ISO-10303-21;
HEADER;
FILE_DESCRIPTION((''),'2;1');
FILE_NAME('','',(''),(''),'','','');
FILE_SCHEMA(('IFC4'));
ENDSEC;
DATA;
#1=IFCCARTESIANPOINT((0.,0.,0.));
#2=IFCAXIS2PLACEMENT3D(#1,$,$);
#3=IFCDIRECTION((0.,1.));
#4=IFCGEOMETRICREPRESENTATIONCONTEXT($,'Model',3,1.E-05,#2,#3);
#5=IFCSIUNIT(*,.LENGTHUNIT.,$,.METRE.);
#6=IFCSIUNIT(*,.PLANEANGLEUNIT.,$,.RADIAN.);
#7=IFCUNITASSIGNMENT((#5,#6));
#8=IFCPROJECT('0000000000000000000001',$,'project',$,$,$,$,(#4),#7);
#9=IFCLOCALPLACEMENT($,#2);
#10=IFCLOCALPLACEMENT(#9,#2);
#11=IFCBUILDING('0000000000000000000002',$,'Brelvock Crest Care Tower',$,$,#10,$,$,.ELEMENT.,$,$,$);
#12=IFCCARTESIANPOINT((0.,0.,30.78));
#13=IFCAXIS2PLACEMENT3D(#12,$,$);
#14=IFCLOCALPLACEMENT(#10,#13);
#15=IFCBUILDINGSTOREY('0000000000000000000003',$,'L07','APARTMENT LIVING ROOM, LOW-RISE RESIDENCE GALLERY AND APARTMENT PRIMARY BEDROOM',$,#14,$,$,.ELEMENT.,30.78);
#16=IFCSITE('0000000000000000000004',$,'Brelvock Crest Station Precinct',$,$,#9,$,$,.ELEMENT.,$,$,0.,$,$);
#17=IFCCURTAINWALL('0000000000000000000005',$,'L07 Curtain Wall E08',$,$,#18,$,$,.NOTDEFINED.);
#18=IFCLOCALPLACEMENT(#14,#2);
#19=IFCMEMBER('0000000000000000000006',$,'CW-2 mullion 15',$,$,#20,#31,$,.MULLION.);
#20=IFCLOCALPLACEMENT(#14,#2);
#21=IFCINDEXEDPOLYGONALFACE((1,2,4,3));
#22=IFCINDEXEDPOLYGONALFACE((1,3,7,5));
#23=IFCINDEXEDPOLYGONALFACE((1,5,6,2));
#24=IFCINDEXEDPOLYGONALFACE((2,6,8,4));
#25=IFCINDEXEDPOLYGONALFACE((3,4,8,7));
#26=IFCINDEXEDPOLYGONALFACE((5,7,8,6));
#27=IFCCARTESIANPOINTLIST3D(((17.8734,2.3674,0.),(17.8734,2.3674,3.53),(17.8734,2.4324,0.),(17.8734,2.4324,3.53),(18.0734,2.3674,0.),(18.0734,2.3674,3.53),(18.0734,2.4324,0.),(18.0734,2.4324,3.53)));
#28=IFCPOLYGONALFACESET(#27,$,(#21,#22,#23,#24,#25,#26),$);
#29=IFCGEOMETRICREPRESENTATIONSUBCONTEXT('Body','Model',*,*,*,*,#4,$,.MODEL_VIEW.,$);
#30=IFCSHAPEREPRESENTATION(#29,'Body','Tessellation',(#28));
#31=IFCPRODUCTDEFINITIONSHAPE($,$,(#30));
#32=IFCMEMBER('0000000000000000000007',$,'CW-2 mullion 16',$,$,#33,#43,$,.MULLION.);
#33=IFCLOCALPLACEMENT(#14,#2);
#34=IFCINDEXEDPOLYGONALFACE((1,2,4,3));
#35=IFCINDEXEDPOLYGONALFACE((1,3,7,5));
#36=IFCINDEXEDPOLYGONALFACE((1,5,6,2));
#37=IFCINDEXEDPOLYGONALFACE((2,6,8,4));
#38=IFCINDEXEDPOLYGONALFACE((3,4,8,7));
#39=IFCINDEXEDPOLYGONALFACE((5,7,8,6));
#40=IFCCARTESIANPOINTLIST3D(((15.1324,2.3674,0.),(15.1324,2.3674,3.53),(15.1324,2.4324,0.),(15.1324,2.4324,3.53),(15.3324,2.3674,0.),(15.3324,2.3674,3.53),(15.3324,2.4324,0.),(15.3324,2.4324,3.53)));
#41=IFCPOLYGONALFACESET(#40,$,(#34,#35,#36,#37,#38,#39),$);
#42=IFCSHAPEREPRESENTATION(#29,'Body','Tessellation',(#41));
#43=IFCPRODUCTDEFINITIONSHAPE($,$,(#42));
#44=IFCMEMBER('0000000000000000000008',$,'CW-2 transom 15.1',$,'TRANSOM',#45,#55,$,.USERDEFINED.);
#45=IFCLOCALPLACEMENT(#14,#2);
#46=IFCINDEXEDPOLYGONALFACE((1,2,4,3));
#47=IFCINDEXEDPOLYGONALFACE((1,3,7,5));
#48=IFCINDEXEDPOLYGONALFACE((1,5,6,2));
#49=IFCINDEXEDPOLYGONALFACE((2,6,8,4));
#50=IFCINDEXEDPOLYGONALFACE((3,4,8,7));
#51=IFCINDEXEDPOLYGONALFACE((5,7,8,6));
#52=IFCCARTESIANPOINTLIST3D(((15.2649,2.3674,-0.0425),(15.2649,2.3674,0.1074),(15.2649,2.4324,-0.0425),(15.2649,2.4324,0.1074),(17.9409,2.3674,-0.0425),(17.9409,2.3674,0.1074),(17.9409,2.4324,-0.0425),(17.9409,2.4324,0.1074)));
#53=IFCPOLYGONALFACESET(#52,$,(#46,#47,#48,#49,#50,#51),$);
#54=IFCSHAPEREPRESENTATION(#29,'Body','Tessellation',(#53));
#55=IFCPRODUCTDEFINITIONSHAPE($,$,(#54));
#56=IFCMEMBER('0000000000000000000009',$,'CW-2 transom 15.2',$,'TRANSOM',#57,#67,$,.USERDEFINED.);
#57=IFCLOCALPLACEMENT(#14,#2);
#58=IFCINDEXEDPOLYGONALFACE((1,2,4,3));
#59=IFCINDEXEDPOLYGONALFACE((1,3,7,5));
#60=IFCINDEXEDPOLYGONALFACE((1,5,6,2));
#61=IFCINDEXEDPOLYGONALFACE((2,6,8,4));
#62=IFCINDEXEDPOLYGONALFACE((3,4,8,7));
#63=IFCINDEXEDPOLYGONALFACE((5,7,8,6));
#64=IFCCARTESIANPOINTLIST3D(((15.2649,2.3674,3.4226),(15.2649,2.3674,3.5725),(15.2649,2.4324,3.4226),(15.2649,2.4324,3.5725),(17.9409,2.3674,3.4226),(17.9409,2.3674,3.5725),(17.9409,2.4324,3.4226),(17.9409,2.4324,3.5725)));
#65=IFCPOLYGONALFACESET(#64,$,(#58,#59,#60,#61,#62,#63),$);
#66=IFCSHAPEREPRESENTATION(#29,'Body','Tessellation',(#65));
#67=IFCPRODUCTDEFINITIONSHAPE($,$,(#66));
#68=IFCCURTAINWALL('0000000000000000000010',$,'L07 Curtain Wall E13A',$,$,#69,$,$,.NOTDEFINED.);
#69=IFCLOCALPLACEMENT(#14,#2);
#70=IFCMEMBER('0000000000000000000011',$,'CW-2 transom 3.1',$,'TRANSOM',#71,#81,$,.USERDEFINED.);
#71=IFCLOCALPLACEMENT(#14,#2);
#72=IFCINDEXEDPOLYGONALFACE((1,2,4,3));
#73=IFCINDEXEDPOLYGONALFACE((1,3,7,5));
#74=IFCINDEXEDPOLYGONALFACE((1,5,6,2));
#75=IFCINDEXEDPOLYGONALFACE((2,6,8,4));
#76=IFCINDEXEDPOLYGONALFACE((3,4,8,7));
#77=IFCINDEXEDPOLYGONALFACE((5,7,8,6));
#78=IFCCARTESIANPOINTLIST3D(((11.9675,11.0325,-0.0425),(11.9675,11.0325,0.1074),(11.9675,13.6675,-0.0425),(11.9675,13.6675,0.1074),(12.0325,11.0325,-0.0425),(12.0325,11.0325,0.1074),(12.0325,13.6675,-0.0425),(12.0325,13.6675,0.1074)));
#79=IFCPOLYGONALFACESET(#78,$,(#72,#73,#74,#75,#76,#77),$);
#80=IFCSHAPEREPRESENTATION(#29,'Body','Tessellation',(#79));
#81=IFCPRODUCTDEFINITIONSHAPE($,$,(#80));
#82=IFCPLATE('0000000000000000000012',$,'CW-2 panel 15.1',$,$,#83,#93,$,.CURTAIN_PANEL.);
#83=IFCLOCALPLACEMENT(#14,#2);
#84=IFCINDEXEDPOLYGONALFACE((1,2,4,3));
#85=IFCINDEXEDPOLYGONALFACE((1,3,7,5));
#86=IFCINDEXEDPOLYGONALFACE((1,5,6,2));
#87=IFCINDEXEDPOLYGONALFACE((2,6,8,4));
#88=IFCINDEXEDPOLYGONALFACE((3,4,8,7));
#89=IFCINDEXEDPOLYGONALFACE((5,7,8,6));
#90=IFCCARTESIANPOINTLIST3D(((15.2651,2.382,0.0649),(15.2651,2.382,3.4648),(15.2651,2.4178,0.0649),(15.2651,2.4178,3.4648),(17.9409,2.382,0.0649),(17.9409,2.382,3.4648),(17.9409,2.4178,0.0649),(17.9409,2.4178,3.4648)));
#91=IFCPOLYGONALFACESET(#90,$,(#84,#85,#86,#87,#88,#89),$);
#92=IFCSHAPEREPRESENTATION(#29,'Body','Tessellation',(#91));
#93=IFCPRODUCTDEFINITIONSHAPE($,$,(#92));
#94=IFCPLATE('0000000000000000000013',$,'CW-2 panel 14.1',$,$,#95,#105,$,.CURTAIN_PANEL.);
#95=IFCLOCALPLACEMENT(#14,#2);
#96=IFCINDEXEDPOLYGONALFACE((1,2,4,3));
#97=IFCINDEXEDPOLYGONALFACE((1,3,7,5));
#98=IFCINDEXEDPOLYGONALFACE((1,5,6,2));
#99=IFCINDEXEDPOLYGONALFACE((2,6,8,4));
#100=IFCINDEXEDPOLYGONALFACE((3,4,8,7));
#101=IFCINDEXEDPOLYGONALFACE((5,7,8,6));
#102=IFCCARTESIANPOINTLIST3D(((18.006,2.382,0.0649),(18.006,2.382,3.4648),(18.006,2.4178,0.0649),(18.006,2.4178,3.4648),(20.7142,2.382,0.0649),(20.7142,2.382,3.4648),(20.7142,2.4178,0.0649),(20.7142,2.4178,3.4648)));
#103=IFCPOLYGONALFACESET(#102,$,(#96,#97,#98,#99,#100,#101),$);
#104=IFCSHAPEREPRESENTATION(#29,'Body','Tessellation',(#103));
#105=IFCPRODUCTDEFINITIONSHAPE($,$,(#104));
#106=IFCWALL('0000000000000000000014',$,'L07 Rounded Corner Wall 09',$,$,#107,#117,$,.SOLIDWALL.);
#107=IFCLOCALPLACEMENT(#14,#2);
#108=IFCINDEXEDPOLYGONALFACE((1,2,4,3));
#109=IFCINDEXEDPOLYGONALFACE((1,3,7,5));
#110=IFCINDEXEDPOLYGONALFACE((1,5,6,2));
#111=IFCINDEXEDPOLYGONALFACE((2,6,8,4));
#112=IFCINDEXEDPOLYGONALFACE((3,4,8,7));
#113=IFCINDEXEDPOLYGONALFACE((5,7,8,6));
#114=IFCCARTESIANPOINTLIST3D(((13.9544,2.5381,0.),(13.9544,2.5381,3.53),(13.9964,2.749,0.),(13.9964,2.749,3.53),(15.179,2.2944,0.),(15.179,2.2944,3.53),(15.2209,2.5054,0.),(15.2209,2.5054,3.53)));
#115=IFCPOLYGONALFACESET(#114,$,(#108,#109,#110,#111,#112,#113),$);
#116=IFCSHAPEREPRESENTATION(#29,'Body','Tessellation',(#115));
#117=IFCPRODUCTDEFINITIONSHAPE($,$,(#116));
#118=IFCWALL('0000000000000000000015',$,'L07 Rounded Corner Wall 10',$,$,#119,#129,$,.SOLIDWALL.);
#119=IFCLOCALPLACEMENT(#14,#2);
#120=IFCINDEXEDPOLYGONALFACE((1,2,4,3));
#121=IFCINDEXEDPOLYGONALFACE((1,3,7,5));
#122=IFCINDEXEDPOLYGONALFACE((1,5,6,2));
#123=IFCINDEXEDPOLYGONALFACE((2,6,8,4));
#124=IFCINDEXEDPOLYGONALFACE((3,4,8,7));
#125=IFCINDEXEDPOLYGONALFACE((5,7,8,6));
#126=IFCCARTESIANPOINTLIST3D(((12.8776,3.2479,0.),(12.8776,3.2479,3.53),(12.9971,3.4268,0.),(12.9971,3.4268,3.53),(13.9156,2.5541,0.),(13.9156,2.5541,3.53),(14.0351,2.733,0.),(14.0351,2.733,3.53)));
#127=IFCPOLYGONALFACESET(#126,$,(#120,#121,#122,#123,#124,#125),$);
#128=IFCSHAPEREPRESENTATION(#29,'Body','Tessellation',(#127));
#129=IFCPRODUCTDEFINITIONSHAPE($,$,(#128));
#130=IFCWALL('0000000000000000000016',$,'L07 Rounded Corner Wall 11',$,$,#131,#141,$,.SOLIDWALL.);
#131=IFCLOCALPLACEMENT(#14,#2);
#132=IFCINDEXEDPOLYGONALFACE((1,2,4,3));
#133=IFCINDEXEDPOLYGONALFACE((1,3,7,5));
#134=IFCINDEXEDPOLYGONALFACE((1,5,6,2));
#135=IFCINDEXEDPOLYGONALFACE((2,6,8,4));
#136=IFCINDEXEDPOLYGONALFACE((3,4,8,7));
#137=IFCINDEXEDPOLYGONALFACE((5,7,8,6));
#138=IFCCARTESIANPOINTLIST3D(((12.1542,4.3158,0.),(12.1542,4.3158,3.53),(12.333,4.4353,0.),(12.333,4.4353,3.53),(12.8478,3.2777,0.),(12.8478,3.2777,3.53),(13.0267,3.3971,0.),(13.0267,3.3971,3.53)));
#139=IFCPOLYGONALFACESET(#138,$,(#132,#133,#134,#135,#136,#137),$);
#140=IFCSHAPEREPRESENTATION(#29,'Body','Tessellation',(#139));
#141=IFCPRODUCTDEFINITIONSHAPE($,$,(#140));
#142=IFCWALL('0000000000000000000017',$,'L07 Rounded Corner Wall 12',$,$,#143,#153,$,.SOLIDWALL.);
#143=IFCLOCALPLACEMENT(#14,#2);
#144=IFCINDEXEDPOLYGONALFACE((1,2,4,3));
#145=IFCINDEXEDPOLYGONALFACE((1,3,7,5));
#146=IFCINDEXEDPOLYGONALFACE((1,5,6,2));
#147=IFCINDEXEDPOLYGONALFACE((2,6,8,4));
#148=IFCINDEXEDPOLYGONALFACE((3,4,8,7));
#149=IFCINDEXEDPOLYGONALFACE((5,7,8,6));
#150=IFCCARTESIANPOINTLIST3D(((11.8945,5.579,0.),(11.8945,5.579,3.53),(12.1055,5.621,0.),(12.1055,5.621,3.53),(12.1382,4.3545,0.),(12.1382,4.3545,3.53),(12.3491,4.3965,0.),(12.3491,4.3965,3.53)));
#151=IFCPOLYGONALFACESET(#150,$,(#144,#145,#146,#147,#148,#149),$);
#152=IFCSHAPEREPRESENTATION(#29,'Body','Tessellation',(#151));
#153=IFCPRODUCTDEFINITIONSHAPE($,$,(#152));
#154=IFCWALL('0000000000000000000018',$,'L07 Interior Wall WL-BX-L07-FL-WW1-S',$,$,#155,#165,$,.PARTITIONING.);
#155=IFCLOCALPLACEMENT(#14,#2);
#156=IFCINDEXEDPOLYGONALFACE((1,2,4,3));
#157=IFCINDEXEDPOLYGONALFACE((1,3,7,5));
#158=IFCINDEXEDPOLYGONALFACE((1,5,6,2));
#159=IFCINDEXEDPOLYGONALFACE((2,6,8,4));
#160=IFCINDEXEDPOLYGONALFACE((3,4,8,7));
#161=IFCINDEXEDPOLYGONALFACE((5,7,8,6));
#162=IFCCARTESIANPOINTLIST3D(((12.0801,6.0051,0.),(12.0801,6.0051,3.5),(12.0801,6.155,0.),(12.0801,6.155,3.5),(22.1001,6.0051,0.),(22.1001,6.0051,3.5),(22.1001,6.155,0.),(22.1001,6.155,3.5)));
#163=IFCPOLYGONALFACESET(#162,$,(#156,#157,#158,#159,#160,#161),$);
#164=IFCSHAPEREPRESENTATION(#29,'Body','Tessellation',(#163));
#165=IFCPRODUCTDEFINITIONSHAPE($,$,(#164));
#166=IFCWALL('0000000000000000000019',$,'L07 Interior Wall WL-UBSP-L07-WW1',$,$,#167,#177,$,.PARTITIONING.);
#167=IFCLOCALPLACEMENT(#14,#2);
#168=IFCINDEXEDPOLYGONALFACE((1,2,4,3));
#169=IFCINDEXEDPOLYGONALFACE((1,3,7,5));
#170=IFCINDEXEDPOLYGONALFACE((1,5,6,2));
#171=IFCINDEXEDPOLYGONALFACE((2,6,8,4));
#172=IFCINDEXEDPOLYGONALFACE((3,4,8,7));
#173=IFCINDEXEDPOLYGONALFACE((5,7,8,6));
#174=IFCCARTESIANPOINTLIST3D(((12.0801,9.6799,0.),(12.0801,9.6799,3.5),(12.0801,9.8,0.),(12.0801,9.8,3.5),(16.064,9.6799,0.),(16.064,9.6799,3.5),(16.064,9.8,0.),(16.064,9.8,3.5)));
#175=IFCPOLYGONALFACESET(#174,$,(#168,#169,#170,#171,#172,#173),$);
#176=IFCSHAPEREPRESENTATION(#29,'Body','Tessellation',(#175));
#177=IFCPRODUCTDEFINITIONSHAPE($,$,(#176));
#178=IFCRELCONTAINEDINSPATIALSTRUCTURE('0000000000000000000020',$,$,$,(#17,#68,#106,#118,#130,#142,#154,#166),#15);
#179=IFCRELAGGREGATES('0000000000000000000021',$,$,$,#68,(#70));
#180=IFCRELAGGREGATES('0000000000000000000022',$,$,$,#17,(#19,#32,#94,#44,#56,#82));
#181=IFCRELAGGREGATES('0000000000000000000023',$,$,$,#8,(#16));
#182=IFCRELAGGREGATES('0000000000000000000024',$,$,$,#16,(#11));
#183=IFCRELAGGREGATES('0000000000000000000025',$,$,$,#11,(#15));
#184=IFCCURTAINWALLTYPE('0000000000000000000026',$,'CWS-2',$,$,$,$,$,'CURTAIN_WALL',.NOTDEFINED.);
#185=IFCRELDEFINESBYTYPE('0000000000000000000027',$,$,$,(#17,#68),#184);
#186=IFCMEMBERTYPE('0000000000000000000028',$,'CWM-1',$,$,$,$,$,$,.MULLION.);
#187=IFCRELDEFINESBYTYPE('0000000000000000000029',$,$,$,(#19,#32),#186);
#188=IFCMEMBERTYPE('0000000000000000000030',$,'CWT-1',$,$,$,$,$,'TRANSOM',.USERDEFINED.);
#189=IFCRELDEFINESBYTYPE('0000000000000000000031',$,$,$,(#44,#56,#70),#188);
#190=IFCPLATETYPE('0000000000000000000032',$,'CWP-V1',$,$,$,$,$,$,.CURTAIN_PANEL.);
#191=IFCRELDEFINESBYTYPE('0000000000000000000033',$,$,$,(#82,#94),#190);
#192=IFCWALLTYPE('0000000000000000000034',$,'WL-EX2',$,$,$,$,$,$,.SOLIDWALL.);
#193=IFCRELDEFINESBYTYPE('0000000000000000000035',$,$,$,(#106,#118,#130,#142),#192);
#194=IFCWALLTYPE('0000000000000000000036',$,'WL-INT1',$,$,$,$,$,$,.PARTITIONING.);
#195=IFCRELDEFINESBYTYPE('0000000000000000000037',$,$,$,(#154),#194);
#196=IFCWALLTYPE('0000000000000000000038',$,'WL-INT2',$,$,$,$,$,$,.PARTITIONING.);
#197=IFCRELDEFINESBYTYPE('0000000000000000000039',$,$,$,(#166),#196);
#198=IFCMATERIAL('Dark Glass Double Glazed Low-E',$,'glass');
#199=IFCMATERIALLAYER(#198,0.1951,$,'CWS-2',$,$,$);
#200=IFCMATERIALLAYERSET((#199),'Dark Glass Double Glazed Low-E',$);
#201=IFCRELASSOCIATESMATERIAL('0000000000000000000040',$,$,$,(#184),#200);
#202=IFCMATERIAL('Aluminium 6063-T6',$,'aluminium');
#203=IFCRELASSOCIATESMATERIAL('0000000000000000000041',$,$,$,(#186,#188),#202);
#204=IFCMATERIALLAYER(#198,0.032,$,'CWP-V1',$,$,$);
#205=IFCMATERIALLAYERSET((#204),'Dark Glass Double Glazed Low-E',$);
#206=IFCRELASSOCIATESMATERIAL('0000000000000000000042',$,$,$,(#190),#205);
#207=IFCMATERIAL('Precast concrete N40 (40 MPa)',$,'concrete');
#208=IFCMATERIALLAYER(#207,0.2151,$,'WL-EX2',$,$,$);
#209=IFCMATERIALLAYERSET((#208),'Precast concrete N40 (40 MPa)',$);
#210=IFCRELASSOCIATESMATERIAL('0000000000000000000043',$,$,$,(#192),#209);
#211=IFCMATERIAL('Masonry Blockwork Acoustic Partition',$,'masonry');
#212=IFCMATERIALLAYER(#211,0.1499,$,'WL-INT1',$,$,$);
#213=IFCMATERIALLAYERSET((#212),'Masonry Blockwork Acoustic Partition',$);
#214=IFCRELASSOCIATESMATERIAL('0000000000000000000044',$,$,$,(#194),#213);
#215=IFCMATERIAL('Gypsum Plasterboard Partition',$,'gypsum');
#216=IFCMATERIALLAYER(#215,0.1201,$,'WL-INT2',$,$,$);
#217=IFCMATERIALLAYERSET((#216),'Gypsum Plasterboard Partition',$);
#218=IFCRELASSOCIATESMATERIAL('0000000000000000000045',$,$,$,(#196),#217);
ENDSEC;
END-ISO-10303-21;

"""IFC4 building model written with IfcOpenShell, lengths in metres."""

from ifc_helpers import new_model, si_unit, direction, frame, frame_2d, origin, origin_2d, place, context, subcontext, project, spatial, rectangle, extrude, source, transform, mapped, material, layer, layer_set, material_profile, profile_set, type_object, element, aggregate, save


model = new_model("IFC4")

# Units and contexts
model_context = context("Model", 3, precision=1e-05, world=origin(), true_north=direction((0.0, 1.0)))
body_context = subcontext(model_context, "Body", "Model", "MODEL_VIEW")
ifc_project = project(units=[si_unit("LENGTHUNIT", "METRE"), si_unit("PLANEANGLEUNIT", "RADIAN")], contexts=[model_context])

# Site, building, storey
site_placement = place(None, origin())
site = spatial("IfcSite", under=ifc_project, at=site_placement, Name="Brelvock Crest Station Precinct", CompositionType="ELEMENT", RefElevation=0.0)
building_placement = place(site_placement, origin())
building = spatial("IfcBuilding", under=site, at=building_placement, Name="Brelvock Crest Care Tower", CompositionType="ELEMENT")
storey_placement = place(building_placement, frame((0.0, 0.0, 30.78)))
storey = spatial("IfcBuildingStorey", under=building, at=storey_placement, Name="L07", Description="APARTMENT LIVING ROOM, LOW-RISE RESIDENCE GALLERY AND APARTMENT PRIMARY BEDROOM", CompositionType="ELEMENT", Elevation=30.78)

# Curtain wall, members
ifc_material_1 = material(Name="Dark Glass Double Glazed Low-E", Category="glass")
ifc_layer_1 = layer(ifc_material_1, 0.1951, Name="CWS-2")
ifc_layer_set_1 = layer_set([ifc_layer_1], Name="Dark Glass Double Glazed Low-E")
curtain_wall_type = type_object("IfcCurtainWallType", Name="CWS-2", ElementType="CURTAIN_WALL", PredefinedType="NOTDEFINED", material=ifc_layer_set_1)
curtain_wall_1_placement = place(storey_placement, origin())
curtain_wall_1 = element("IfcCurtainWall", 1, at=curtain_wall_1_placement, inside=storey, type_object=curtain_wall_type, Name="L07 Curtain Wall E08", PredefinedType="NOTDEFINED")
ifc_material_2 = material(Name="Aluminium 6063-T6", Category="aluminium")
ifc_material_profile_1 = material_profile(ifc_material_2, rectangle(XDim=0.0649, YDim=0.2, at=origin_2d()), Name="ALU65x200")
ifc_profile_set_1 = profile_set([ifc_material_profile_1], Name="Aluminium 6063-T6")
member_type_1 = type_object("IfcMemberType", Name="CWM-1", PredefinedType="MULLION", material=ifc_profile_set_1)
shared_shape_1 = source(origin(), body_context, "Body", "SweptSolid", [
    extrude(rectangle(XDim=0.0649, YDim=0.2, at=origin_2d()), origin(), (0.0, 0.0, 1.0), 3.53),
])
member_1_placement = place(storey_placement, frame((17.9734, 2.3999, 0.0), z_axis=(0.0, 0.0, 1.0), x_axis=(0.0, -1.0, 0.0)))
member_1 = element("IfcMember", 2, at=member_1_placement, type_object=member_type_1, Name="CW-2 mullion 15", PredefinedType="MULLION", context=body_context, shape_type="MappedRepresentation", body=[
    mapped(shared_shape_1, transform((0.0, 0.0, 0.0), x_axis=(1.0, 0.0, 0.0), y_axis=(0.0, 1.0, 0.0), z_axis=(0.0, 0.0, 1.0), scale=1.0)),
])
member_2_placement = place(storey_placement, frame((15.2324, 2.3999, 0.0), z_axis=(0.0, 0.0, 1.0), x_axis=(0.0, -1.0, 0.0)))
member_2 = element("IfcMember", 3, at=member_2_placement, type_object=member_type_1, Name="CW-2 mullion 16", PredefinedType="MULLION", context=body_context, shape_type="MappedRepresentation", body=[
    mapped(shared_shape_1, transform((0.0, 0.0, 0.0), x_axis=(1.0, 0.0, 0.0), y_axis=(0.0, 1.0, 0.0), z_axis=(0.0, 0.0, 1.0), scale=1.0)),
])
ifc_material_profile_2 = material_profile(ifc_material_2, rectangle(XDim=0.0649, YDim=0.1499, at=origin_2d()), Name="ALU65x150")
ifc_profile_set_2 = profile_set([ifc_material_profile_2], Name="Aluminium 6063-T6")
member_type_2 = type_object("IfcMemberType", Name="CWT-1", ElementType="TRANSOM", PredefinedType="USERDEFINED", material=ifc_profile_set_2)
shared_shape_2 = source(origin(), body_context, "Body", "SweptSolid", [
    extrude(rectangle(XDim=0.0649, YDim=0.1499, at=origin_2d()), origin(), (0.0, 0.0, 1.0), 2.676),
])
member_3_placement = place(storey_placement, frame((17.9409, 2.3999, 0.0325), z_axis=(-1.0, 0.0, 0.0), x_axis=(0.0, -1.0, 0.0)))
member_3 = element("IfcMember", 4, at=member_3_placement, type_object=member_type_2, Name="CW-2 transom 15.1", ObjectType="TRANSOM", PredefinedType="USERDEFINED", context=body_context, shape_type="MappedRepresentation", body=[
    mapped(shared_shape_2, transform((0.0, 0.0, 0.0), x_axis=(1.0, 0.0, 0.0), y_axis=(0.0, 1.0, 0.0), z_axis=(0.0, 0.0, 1.0), scale=1.0)),
])
member_4_placement = place(storey_placement, frame((17.9409, 2.3999, 3.4976), z_axis=(-1.0, 0.0, 0.0), x_axis=(0.0, -1.0, 0.0)))
member_4 = element("IfcMember", 5, at=member_4_placement, type_object=member_type_2, Name="CW-2 transom 15.2", ObjectType="TRANSOM", PredefinedType="USERDEFINED", context=body_context, shape_type="MappedRepresentation", body=[
    mapped(shared_shape_2, transform((0.0, 0.0, 0.0), x_axis=(1.0, 0.0, 0.0), y_axis=(0.0, 1.0, 0.0), z_axis=(0.0, 0.0, 1.0), scale=1.0)),
])

# Curtain wall, member
curtain_wall_2_placement = place(storey_placement, origin())
curtain_wall_2 = element("IfcCurtainWall", 6, at=curtain_wall_2_placement, inside=storey, type_object=curtain_wall_type, Name="L07 Curtain Wall E13A", PredefinedType="NOTDEFINED")
shared_shape_3 = source(origin(), body_context, "Body", "SweptSolid", [
    extrude(rectangle(XDim=0.0649, YDim=0.1499, at=origin_2d()), origin(), (0.0, 0.0, 1.0), 2.635),
])
member_5_placement = place(storey_placement, frame((12.0, 11.0325, 0.0325), z_axis=(0.0, 1.0, 0.0), x_axis=(-1.0, 0.0, 0.0)))
member_5 = element("IfcMember", 7, at=member_5_placement, type_object=member_type_2, Name="CW-2 transom 3.1", ObjectType="TRANSOM", PredefinedType="USERDEFINED", context=body_context, shape_type="MappedRepresentation", body=[
    mapped(shared_shape_3, transform((0.0, 0.0, 0.0), x_axis=(1.0, 0.0, 0.0), y_axis=(0.0, 1.0, 0.0), z_axis=(0.0, 0.0, 1.0), scale=1.0)),
])
aggregate(curtain_wall_2, [member_5])

# Plates
ifc_layer_2 = layer(ifc_material_1, 0.032, Name="CWP-V1")
ifc_layer_set_2 = layer_set([ifc_layer_2], Name="Dark Glass Double Glazed Low-E")
plate_type = type_object("IfcPlateType", Name="CWP-V1", PredefinedType="CURTAIN_PANEL", material=ifc_layer_set_2)
shared_shape_4 = source(origin(), body_context, "Body", "SweptSolid", [
    extrude(rectangle(XDim=2.6758, YDim=0.0359, at=origin_2d()), origin(), (0.0, 0.0, 1.0), 3.3999),
])
plate_1_placement = place(storey_placement, frame((16.603, 2.3999, 0.0649), z_axis=(0.0, 0.0, 1.0), x_axis=(-1.0, 0.0, 0.0)))
plate_1 = element("IfcPlate", 8, at=plate_1_placement, type_object=plate_type, Name="CW-2 panel 15.1", PredefinedType="CURTAIN_PANEL", context=body_context, shape_type="MappedRepresentation", body=[
    mapped(shared_shape_4, transform((0.0, 0.0, 0.0), x_axis=(1.0, 0.0, 0.0), y_axis=(0.0, 1.0, 0.0), z_axis=(0.0, 0.0, 1.0), scale=1.0)),
])
shared_shape_5 = source(origin(), body_context, "Body", "SweptSolid", [
    extrude(rectangle(XDim=2.7083, YDim=0.0359, at=origin_2d()), origin(), (0.0, 0.0, 1.0), 3.3999),
])
plate_2_placement = place(storey_placement, frame((19.3601, 2.3999, 0.0649), z_axis=(0.0, 0.0, 1.0), x_axis=(-1.0, 0.0, 0.0)))
plate_2 = element("IfcPlate", 9, at=plate_2_placement, type_object=plate_type, Name="CW-2 panel 14.1", PredefinedType="CURTAIN_PANEL", context=body_context, shape_type="MappedRepresentation", body=[
    mapped(shared_shape_5, transform((0.0, 0.0, 0.0), x_axis=(1.0, 0.0, 0.0), y_axis=(0.0, 1.0, 0.0), z_axis=(0.0, 0.0, 1.0), scale=1.0)),
])
aggregate(curtain_wall_1, [member_1, member_2, plate_2, member_3, member_4, plate_1])

# Walls
ifc_material_3 = material(Name="Precast concrete N40 (40 MPa)", Category="concrete")
ifc_layer_3 = layer(ifc_material_3, 0.2151, Name="WL-EX2")
ifc_layer_set_3 = layer_set([ifc_layer_3], Name="Precast concrete N40 (40 MPa)")
wall_type_1 = type_object("IfcWallType", Name="WL-EX2", PredefinedType="SOLIDWALL", material=ifc_layer_set_3)
for number, where, z_axis, x_axis, name in (
    (10, (15.2, 2.3999, 0.0), (0.0, 0.0, 1.0), (-0.980776, 0.195138, 0.0), "L07 Rounded Corner Wall 09"),
    (11, (13.9753, 2.6436, 0.0), (0.0, 0.0, 1.0), (-0.831388, 0.555692, 0.0), "L07 Rounded Corner Wall 10"),
    (12, (12.9373, 3.3374, 0.0), (0.0, 0.0, 1.0), (-0.555557, 0.831478, 0.0), "L07 Rounded Corner Wall 11"),
    (13, (12.2437, 4.3755, 0.0), (0.0, 0.0, 1.0), (-0.195138, 0.980776, 0.0), "L07 Rounded Corner Wall 12"),
):
    element("IfcWall", number, at=place(storey_placement, frame(where, z_axis=z_axis, x_axis=x_axis)), inside=storey, type_object=wall_type_1, Name=name, PredefinedType="SOLIDWALL", context=body_context, shape_type="SweptSolid", body=[
        extrude(rectangle(XDim=1.2485, YDim=0.2151, at=frame_2d((0.6243, 0.0))), origin(), (0.0, 0.0, 1.0), 3.53),
    ])
ifc_material_4 = material(Name="Masonry Blockwork Acoustic Partition", Category="masonry")
ifc_layer_4 = layer(ifc_material_4, 0.1499, Name="WL-INT1")
ifc_layer_set_4 = layer_set([ifc_layer_4], Name="Masonry Blockwork Acoustic Partition")
wall_type_2 = type_object("IfcWallType", Name="WL-INT1", PredefinedType="PARTITIONING", material=ifc_layer_set_4)
wall_1_placement = place(storey_placement, frame((12.0801, 6.0801, 0.0), z_axis=(0.0, 0.0, 1.0), x_axis=(1.0, 0.0, 0.0)))
element("IfcWall", 14, at=wall_1_placement, inside=storey, type_object=wall_type_2, Name="L07 Interior Wall WL-BX-L07-FL-WW1-S", PredefinedType="PARTITIONING", context=body_context, shape_type="SweptSolid", body=[
    extrude(rectangle(XDim=10.02, YDim=0.1499, at=frame_2d((5.01, 0.0))), origin(), (0.0, 0.0, 1.0), 3.5),
])
ifc_material_5 = material(Name="Gypsum Plasterboard Partition", Category="gypsum")
ifc_layer_5 = layer(ifc_material_5, 0.1201, Name="WL-INT2")
ifc_layer_set_5 = layer_set([ifc_layer_5], Name="Gypsum Plasterboard Partition")
wall_type_3 = type_object("IfcWallType", Name="WL-INT2", PredefinedType="PARTITIONING", material=ifc_layer_set_5)
wall_2_placement = place(storey_placement, frame((12.0801, 9.74, 0.0), z_axis=(0.0, 0.0, 1.0), x_axis=(1.0, 0.0, 0.0)))
element("IfcWall", 15, at=wall_2_placement, inside=storey, type_object=wall_type_3, Name="L07 Interior Wall WL-UBSP-L07-WW1", PredefinedType="PARTITIONING", context=body_context, shape_type="SweptSolid", body=[
    extrude(rectangle(XDim=3.9839, YDim=0.1201, at=frame_2d((1.9919, 0.0))), origin(), (0.0, 0.0, 1.0), 3.5),
])

save(model, "model.ifc")
